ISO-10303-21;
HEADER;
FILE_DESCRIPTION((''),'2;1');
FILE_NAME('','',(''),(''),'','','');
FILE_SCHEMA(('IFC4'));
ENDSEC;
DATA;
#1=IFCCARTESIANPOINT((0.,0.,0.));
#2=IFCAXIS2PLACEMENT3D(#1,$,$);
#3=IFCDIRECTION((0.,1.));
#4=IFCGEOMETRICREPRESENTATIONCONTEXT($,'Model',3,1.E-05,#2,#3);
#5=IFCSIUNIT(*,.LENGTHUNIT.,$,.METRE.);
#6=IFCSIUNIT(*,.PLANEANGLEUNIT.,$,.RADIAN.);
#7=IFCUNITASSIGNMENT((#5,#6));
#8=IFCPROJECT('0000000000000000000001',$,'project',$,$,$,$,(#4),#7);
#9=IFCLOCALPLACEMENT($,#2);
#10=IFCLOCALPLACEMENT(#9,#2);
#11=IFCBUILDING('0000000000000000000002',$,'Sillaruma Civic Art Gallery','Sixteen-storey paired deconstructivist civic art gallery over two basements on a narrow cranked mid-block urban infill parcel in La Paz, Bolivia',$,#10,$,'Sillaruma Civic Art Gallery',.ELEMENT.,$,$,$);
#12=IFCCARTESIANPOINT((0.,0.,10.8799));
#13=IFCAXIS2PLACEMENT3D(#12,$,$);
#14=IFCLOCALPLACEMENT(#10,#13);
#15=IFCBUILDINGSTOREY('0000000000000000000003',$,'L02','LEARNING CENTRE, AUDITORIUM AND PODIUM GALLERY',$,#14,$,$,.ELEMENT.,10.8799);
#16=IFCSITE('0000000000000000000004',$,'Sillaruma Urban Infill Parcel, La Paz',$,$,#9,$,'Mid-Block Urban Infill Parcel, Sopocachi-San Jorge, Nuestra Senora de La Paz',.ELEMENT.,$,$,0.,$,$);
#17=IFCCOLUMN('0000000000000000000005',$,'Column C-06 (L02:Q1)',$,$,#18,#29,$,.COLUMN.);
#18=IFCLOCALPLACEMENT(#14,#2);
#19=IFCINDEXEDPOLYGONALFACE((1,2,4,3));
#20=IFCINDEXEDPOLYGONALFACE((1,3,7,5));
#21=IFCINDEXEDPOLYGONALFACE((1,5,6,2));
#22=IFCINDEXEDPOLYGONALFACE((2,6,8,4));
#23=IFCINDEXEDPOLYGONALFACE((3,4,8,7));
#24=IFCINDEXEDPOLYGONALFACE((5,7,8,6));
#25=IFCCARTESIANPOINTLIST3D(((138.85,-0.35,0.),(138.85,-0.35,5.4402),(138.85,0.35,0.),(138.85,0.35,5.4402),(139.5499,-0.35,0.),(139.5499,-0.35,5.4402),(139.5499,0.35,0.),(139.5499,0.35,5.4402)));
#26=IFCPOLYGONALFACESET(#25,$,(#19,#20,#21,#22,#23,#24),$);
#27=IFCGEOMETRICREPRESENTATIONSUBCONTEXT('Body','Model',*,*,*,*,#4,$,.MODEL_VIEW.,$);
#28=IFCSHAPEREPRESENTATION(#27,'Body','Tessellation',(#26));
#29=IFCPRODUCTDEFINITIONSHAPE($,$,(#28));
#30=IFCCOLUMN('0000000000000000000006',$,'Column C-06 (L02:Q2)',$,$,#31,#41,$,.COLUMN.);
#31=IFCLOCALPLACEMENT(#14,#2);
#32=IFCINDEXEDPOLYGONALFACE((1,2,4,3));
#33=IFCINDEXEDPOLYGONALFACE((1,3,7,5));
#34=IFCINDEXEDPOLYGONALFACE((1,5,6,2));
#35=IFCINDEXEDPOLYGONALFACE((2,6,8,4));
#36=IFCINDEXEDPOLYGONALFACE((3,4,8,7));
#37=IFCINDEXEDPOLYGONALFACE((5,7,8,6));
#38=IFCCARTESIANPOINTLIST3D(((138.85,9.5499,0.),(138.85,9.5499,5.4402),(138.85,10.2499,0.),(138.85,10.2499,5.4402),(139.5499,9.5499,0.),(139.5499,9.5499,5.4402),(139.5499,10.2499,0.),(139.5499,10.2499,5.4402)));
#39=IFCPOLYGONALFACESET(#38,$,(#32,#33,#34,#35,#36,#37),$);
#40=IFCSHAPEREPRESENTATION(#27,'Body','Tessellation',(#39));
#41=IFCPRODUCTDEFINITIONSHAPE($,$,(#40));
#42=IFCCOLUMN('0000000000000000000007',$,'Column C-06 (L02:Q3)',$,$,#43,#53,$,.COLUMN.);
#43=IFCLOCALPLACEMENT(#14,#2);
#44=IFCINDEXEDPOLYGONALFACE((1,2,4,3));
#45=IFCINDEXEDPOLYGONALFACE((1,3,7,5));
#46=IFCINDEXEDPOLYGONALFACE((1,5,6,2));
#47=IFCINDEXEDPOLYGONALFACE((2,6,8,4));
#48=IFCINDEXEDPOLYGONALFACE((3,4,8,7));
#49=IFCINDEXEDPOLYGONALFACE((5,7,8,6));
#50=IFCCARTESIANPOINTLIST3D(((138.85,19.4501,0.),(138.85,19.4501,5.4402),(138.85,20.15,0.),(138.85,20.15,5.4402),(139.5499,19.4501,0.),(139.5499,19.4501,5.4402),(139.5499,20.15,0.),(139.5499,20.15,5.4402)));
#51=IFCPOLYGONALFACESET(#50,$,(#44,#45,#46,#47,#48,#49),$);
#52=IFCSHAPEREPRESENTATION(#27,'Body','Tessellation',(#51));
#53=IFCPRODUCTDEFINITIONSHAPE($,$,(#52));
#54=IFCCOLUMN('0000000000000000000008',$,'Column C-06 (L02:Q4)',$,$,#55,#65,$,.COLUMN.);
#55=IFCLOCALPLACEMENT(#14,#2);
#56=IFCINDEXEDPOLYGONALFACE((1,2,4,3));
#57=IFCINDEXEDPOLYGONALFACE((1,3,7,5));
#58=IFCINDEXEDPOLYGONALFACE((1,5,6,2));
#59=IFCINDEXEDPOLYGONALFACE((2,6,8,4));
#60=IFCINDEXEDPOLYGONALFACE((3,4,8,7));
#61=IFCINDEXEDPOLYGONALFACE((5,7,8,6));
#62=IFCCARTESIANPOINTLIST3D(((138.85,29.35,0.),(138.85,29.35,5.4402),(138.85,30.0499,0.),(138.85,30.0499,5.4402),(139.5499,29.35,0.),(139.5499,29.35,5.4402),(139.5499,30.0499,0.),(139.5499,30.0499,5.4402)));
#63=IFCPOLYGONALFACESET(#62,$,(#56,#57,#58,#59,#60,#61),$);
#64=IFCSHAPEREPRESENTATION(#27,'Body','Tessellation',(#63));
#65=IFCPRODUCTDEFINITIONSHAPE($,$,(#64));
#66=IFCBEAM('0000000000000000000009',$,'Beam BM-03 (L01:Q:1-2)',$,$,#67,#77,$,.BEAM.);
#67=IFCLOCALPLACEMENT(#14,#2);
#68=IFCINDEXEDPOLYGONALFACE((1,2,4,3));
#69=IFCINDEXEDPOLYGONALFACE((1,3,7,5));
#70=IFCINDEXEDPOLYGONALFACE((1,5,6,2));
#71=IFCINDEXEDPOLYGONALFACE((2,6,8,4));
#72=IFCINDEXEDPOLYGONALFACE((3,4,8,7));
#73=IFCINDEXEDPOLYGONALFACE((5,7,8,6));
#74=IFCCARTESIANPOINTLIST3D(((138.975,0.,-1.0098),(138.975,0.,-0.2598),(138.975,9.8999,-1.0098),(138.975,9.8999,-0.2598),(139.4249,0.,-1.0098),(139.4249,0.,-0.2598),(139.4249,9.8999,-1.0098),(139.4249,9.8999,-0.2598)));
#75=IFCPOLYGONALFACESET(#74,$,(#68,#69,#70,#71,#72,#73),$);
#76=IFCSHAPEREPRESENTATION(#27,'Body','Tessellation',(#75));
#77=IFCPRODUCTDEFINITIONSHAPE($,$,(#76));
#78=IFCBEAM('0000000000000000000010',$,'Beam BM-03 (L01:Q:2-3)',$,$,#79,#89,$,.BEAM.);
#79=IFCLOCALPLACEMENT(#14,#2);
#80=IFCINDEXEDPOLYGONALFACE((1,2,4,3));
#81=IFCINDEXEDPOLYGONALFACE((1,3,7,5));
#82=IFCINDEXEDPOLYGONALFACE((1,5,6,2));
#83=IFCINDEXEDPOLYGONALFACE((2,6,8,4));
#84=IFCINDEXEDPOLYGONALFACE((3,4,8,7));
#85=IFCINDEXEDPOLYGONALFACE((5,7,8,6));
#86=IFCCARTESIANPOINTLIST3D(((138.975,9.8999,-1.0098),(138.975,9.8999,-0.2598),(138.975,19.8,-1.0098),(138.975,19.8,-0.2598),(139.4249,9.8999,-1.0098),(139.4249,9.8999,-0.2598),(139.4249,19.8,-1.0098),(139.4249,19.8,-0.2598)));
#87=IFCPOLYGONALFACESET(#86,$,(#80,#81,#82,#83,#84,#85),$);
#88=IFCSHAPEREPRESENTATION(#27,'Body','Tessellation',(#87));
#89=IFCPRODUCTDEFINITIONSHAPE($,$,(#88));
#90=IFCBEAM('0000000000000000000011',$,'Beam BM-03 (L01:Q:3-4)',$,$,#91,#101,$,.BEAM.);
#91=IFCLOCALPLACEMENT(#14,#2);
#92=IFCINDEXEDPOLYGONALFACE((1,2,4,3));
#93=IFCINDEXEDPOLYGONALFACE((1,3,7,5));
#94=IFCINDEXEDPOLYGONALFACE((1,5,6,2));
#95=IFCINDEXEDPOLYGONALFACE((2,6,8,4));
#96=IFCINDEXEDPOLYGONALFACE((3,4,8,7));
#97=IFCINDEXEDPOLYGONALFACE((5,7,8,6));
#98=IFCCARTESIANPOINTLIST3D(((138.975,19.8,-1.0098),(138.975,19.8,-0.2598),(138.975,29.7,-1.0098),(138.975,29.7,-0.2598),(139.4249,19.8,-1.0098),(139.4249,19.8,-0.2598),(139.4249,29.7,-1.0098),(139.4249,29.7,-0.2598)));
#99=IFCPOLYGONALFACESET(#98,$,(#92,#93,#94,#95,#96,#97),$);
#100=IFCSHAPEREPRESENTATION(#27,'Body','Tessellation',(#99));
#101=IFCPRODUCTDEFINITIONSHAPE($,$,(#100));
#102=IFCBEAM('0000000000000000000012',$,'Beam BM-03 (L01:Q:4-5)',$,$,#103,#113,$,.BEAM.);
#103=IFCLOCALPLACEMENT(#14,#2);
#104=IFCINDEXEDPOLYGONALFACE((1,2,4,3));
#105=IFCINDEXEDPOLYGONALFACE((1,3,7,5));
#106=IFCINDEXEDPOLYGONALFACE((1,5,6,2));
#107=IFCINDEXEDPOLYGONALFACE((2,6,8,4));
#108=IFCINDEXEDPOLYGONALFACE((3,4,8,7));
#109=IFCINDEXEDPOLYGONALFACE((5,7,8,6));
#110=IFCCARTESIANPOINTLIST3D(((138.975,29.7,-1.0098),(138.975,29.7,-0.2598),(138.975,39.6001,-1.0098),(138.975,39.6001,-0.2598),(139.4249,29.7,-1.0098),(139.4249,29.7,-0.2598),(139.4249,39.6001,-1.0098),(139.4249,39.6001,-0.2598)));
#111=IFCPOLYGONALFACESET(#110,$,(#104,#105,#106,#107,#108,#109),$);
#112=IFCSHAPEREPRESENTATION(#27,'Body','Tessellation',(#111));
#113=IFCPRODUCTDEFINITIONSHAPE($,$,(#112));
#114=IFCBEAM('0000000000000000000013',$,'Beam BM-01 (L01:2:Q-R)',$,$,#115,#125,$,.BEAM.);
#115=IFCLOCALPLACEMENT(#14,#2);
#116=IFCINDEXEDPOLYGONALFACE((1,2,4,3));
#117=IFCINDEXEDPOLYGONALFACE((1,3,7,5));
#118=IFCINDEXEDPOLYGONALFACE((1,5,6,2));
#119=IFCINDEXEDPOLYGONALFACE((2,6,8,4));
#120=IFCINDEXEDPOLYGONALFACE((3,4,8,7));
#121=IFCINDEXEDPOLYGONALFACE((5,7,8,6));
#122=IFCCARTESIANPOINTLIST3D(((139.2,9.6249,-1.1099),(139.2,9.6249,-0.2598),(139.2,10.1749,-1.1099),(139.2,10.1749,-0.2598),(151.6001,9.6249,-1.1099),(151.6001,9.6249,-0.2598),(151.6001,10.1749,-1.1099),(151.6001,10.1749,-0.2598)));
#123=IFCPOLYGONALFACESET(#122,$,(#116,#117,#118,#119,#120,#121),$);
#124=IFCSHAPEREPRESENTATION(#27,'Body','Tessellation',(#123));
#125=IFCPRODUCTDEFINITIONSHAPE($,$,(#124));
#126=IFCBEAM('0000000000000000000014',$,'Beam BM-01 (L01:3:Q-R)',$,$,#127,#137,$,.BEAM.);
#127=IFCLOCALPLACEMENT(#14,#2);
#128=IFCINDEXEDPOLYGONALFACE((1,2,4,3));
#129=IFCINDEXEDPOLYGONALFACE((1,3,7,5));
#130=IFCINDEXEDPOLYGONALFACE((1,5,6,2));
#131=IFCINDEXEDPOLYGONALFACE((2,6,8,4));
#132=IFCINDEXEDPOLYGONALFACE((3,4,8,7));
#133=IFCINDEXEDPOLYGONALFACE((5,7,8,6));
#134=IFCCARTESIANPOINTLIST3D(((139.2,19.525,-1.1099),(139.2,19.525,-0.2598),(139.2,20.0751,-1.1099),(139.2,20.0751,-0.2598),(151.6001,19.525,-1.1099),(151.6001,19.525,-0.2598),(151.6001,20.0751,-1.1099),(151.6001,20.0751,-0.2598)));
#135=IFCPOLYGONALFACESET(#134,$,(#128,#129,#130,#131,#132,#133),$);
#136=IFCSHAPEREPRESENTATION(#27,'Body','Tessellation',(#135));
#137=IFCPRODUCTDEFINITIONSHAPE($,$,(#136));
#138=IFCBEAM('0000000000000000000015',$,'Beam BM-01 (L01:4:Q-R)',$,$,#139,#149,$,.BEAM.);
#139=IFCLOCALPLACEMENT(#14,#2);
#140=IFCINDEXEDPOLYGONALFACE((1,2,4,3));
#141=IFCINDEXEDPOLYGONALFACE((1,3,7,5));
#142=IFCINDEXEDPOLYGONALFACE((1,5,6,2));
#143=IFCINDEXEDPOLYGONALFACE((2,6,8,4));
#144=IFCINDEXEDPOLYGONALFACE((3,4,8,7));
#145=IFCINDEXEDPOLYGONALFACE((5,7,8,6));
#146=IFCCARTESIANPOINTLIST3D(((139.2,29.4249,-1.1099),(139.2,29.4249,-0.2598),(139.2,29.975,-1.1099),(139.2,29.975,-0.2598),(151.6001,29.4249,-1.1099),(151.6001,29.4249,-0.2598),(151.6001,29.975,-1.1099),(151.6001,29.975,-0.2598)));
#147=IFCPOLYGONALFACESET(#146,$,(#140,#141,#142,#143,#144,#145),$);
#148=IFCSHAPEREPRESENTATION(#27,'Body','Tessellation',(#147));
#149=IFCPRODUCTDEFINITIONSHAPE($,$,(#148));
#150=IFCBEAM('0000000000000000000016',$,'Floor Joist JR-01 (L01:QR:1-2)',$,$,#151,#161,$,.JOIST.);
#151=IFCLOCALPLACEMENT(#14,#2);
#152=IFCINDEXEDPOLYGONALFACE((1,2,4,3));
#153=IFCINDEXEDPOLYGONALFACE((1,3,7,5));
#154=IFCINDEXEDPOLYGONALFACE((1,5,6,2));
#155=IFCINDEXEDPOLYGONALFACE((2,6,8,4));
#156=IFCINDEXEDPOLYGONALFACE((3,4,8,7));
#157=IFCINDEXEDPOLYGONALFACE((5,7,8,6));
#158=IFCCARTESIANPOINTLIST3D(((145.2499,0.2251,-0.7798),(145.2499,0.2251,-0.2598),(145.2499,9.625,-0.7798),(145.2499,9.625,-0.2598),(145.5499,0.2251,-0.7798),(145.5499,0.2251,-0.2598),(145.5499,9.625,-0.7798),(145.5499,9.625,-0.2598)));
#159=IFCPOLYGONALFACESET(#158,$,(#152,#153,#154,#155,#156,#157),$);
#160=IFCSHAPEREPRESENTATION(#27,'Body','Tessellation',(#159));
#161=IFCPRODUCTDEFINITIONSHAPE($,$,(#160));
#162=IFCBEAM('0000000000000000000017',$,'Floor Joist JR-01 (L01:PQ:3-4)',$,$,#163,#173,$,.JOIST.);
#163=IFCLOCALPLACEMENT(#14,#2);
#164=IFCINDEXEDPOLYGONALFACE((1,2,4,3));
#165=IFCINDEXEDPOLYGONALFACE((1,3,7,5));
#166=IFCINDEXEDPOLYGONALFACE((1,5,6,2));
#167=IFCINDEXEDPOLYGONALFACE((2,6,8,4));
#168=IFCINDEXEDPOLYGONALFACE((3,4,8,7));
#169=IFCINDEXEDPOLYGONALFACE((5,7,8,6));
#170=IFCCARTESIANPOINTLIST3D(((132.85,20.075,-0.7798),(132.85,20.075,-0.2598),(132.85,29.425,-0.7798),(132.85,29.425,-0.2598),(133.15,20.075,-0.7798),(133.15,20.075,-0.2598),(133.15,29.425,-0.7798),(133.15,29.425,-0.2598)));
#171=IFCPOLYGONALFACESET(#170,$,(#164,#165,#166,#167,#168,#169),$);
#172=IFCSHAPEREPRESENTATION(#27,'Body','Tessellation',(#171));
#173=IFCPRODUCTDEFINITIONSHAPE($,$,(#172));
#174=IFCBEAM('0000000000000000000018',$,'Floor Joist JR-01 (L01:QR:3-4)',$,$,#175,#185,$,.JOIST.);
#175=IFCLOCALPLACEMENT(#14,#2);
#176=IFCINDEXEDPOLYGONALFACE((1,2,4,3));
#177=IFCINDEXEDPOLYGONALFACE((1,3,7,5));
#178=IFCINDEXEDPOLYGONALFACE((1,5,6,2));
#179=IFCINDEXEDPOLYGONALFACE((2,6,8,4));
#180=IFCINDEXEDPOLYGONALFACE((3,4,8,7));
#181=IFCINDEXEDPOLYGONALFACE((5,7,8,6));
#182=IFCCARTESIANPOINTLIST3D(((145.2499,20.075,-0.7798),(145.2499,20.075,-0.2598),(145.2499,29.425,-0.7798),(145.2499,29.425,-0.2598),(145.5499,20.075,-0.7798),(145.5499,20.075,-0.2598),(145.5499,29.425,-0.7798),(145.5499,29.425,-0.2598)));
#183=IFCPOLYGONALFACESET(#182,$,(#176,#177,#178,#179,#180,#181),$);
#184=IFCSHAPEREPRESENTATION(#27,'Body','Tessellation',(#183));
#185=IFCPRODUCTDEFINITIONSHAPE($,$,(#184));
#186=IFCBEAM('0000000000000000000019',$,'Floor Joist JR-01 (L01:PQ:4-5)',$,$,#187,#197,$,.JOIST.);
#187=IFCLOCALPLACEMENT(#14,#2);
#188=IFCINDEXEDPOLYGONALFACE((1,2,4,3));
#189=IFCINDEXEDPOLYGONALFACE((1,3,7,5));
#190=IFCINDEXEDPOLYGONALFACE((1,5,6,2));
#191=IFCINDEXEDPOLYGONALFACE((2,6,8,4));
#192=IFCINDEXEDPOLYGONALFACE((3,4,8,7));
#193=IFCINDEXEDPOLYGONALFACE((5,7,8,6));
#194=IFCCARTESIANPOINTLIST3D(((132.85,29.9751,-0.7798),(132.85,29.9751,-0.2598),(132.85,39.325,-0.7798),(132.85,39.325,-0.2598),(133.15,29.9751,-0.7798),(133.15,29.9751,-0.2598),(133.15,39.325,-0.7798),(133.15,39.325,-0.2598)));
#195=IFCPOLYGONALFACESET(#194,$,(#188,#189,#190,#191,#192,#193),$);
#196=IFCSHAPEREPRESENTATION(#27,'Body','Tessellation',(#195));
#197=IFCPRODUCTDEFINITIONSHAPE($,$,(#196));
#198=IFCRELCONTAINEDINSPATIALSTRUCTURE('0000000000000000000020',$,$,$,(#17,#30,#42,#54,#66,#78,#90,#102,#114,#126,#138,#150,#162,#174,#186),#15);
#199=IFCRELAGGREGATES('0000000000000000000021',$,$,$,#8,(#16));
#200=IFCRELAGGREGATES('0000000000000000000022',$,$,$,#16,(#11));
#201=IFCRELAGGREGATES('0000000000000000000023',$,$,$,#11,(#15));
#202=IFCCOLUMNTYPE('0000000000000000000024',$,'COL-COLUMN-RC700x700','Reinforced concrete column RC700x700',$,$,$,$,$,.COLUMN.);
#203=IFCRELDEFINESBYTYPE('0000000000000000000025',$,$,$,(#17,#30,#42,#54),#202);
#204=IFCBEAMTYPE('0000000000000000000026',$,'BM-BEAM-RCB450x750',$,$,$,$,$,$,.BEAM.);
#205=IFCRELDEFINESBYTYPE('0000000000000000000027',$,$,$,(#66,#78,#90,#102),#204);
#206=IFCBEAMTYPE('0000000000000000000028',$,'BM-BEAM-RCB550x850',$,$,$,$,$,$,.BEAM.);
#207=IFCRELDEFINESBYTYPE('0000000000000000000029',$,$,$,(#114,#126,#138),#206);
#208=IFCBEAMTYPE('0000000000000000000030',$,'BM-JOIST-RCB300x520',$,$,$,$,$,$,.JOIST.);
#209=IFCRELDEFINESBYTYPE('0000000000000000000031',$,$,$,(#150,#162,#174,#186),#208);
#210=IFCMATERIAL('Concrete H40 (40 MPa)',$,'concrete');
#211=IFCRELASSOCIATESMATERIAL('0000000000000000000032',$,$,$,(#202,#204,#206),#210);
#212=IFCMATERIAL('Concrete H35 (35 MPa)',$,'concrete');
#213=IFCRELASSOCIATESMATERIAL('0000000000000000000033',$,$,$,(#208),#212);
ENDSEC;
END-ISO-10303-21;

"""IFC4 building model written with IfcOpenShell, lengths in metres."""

from ifc_helpers import new_model, si_unit, direction, frame, origin, origin_2d, place, context, subcontext, project, spatial, rectangle, extrude, material, material_profile, profile_set, type_object, element, save


model = new_model("IFC4")

# Units and contexts
model_context = context("Model", 3, precision=1e-05, world=origin(), true_north=direction((0.0, 1.0)))
body_context = subcontext(model_context, "Body", "Model", "MODEL_VIEW")
ifc_project = project(units=[si_unit("LENGTHUNIT", "METRE"), si_unit("PLANEANGLEUNIT", "RADIAN")], contexts=[model_context])

# Site, building, storey
site_placement = place(None, origin())
site = spatial("IfcSite", under=ifc_project, at=site_placement, Name="Sillaruma Urban Infill Parcel, La Paz", LongName="Mid-Block Urban Infill Parcel, Sopocachi-San Jorge, Nuestra Senora de La Paz", CompositionType="ELEMENT", RefElevation=0.0)
building_placement = place(site_placement, origin())
building = spatial("IfcBuilding", under=site, at=building_placement, Name="Sillaruma Civic Art Gallery", Description="Sixteen-storey paired deconstructivist civic art gallery over two basements on a narrow cranked mid-block urban infill parcel in La Paz, Bolivia", LongName="Sillaruma Civic Art Gallery", CompositionType="ELEMENT")
storey_placement = place(building_placement, frame((0.0, 0.0, 10.8799)))
storey = spatial("IfcBuildingStorey", under=building, at=storey_placement, Name="L02", Description="LEARNING CENTRE, AUDITORIUM AND PODIUM GALLERY", CompositionType="ELEMENT", Elevation=10.8799)

# Columns
ifc_material_1 = material(Name="Concrete H40 (40 MPa)", Category="concrete")
ifc_material_profile_1 = material_profile(ifc_material_1, rectangle(XDim=0.7, YDim=0.7, at=origin_2d()), Name="RC700x700")
ifc_profile_set_1 = profile_set([ifc_material_profile_1], Name="Concrete H40 (40 MPa)")
column_type = type_object("IfcColumnType", Name="COL-COLUMN-RC700x700", Description="Reinforced concrete column RC700x700", PredefinedType="COLUMN", material=ifc_profile_set_1)
for number, where, z_axis, x_axis, name in (
    (1, (139.2, 0.0, 0.0), (0.0, 0.0, 1.0), (1.0, 0.0, 0.0), "Column C-06 (L02:Q1)"),
    (2, (139.2, 9.8999, 0.0), (0.0, 0.0, 1.0), (1.0, 0.0, 0.0), "Column C-06 (L02:Q2)"),
    (3, (139.2, 19.8, 0.0), (0.0, 0.0, 1.0), (1.0, 0.0, 0.0), "Column C-06 (L02:Q3)"),
    (4, (139.2, 29.7, 0.0), (0.0, 0.0, 1.0), (1.0, 0.0, 0.0), "Column C-06 (L02:Q4)"),
):
    element("IfcColumn", number, at=place(storey_placement, frame(where, z_axis=z_axis, x_axis=x_axis)), inside=storey, type_object=column_type, Name=name, PredefinedType="COLUMN", context=body_context, shape_type="SweptSolid", body=[
        extrude(rectangle(XDim=0.7, YDim=0.7, at=origin_2d()), origin(), (0.0, 0.0, 1.0), 5.4402),
    ])

# Beams
ifc_material_profile_2 = material_profile(ifc_material_1, rectangle(XDim=0.45, YDim=0.75, at=origin_2d()), Name="RCB450x750")
ifc_profile_set_2 = profile_set([ifc_material_profile_2], Name="Concrete H40 (40 MPa)")
beam_type_1 = type_object("IfcBeamType", Name="BM-BEAM-RCB450x750", PredefinedType="BEAM", material=ifc_profile_set_2)
beam_1_placement = place(storey_placement, frame((139.2, 0.0, -0.6348), z_axis=(0.0, 1.0, 0.0), x_axis=(-1.0, 0.0, 0.0)))
element("IfcBeam", 5, at=beam_1_placement, inside=storey, type_object=beam_type_1, Name="Beam BM-03 (L01:Q:1-2)", PredefinedType="BEAM", context=body_context, shape_type="SweptSolid", body=[
    extrude(rectangle(XDim=0.45, YDim=0.75, at=origin_2d()), origin(), (0.0, 0.0, 1.0), 9.8999),
])
beam_2_placement = place(storey_placement, frame((139.2, 9.8999, -0.6348), z_axis=(0.0, 1.0, 0.0), x_axis=(-1.0, 0.0, 0.0)))
element("IfcBeam", 6, at=beam_2_placement, inside=storey, type_object=beam_type_1, Name="Beam BM-03 (L01:Q:2-3)", PredefinedType="BEAM", context=body_context, shape_type="SweptSolid", body=[
    extrude(rectangle(XDim=0.45, YDim=0.75, at=origin_2d()), origin(), (0.0, 0.0, 1.0), 9.9001),
])
beam_3_placement = place(storey_placement, frame((139.2, 19.8, -0.6348), z_axis=(0.0, 1.0, 0.0), x_axis=(-1.0, 0.0, 0.0)))
element("IfcBeam", 7, at=beam_3_placement, inside=storey, type_object=beam_type_1, Name="Beam BM-03 (L01:Q:3-4)", PredefinedType="BEAM", context=body_context, shape_type="SweptSolid", body=[
    extrude(rectangle(XDim=0.45, YDim=0.75, at=origin_2d()), origin(), (0.0, 0.0, 1.0), 9.8999),
])
beam_4_placement = place(storey_placement, frame((139.2, 29.7, -0.6348), z_axis=(0.0, 1.0, 0.0), x_axis=(-1.0, 0.0, 0.0)))
element("IfcBeam", 8, at=beam_4_placement, inside=storey, type_object=beam_type_1, Name="Beam BM-03 (L01:Q:4-5)", PredefinedType="BEAM", context=body_context, shape_type="SweptSolid", body=[
    extrude(rectangle(XDim=0.45, YDim=0.75, at=origin_2d()), origin(), (0.0, 0.0, 1.0), 9.9001),
])
ifc_material_profile_3 = material_profile(ifc_material_1, rectangle(XDim=0.55, YDim=0.8501, at=origin_2d()), Name="RCB550x850")
ifc_profile_set_3 = profile_set([ifc_material_profile_3], Name="Concrete H40 (40 MPa)")
beam_type_2 = type_object("IfcBeamType", Name="BM-BEAM-RCB550x850", PredefinedType="BEAM", material=ifc_profile_set_3)
for number, where, z_axis, x_axis, name in (
    (9, (139.2, 9.8999, -0.6848), (1.0, 0.0, 0.0), (0.0, 1.0, 0.0), "Beam BM-01 (L01:2:Q-R)"),
    (10, (139.2, 19.8, -0.6848), (1.0, 0.0, 0.0), (0.0, 1.0, 0.0), "Beam BM-01 (L01:3:Q-R)"),
    (11, (139.2, 29.7, -0.6848), (1.0, 0.0, 0.0), (0.0, 1.0, 0.0), "Beam BM-01 (L01:4:Q-R)"),
):
    element("IfcBeam", number, at=place(storey_placement, frame(where, z_axis=z_axis, x_axis=x_axis)), inside=storey, type_object=beam_type_2, Name=name, PredefinedType="BEAM", context=body_context, shape_type="SweptSolid", body=[
        extrude(rectangle(XDim=0.55, YDim=0.8501, at=origin_2d()), origin(), (0.0, 0.0, 1.0), 12.4001),
    ])
ifc_material_2 = material(Name="Concrete H35 (35 MPa)", Category="concrete")
ifc_material_profile_4 = material_profile(ifc_material_2, rectangle(XDim=0.3, YDim=0.52, at=origin_2d()), Name="RCB300x520")
ifc_profile_set_4 = profile_set([ifc_material_profile_4], Name="Concrete H35 (35 MPa)")
beam_type_3 = type_object("IfcBeamType", Name="BM-JOIST-RCB300x520", PredefinedType="JOIST", material=ifc_profile_set_4)
beam_5_placement = place(storey_placement, frame((145.3999, 0.2251, -0.5198), z_axis=(0.0, 1.0, 0.0), x_axis=(-1.0, 0.0, 0.0)))
element("IfcBeam", 12, at=beam_5_placement, inside=storey, type_object=beam_type_3, Name="Floor Joist JR-01 (L01:QR:1-2)", PredefinedType="JOIST", context=body_context, shape_type="SweptSolid", body=[
    extrude(rectangle(XDim=0.3, YDim=0.52, at=origin_2d()), origin(), (0.0, 0.0, 1.0), 9.3999),
])
for number, where, z_axis, x_axis, name in (
    (13, (133.0, 20.075, -0.5198), (0.0, 1.0, 0.0), (-1.0, 0.0, 0.0), "Floor Joist JR-01 (L01:PQ:3-4)"),
    (14, (145.3999, 20.075, -0.5198), (0.0, 1.0, 0.0), (-1.0, 0.0, 0.0), "Floor Joist JR-01 (L01:QR:3-4)"),
):
    element("IfcBeam", number, at=place(storey_placement, frame(where, z_axis=z_axis, x_axis=x_axis)), inside=storey, type_object=beam_type_3, Name=name, PredefinedType="JOIST", context=body_context, shape_type="SweptSolid", body=[
        extrude(rectangle(XDim=0.3, YDim=0.52, at=origin_2d()), origin(), (0.0, 0.0, 1.0), 9.3501),
    ])
beam_6_placement = place(storey_placement, frame((133.0, 29.9751, -0.5198), z_axis=(0.0, 1.0, 0.0), x_axis=(-1.0, 0.0, 0.0)))
element("IfcBeam", 15, at=beam_6_placement, inside=storey, type_object=beam_type_3, Name="Floor Joist JR-01 (L01:PQ:4-5)", PredefinedType="JOIST", context=body_context, shape_type="SweptSolid", body=[
    extrude(rectangle(XDim=0.3, YDim=0.52, at=origin_2d()), origin(), (0.0, 0.0, 1.0), 9.3499),
])

save(model, "model.ifc")
